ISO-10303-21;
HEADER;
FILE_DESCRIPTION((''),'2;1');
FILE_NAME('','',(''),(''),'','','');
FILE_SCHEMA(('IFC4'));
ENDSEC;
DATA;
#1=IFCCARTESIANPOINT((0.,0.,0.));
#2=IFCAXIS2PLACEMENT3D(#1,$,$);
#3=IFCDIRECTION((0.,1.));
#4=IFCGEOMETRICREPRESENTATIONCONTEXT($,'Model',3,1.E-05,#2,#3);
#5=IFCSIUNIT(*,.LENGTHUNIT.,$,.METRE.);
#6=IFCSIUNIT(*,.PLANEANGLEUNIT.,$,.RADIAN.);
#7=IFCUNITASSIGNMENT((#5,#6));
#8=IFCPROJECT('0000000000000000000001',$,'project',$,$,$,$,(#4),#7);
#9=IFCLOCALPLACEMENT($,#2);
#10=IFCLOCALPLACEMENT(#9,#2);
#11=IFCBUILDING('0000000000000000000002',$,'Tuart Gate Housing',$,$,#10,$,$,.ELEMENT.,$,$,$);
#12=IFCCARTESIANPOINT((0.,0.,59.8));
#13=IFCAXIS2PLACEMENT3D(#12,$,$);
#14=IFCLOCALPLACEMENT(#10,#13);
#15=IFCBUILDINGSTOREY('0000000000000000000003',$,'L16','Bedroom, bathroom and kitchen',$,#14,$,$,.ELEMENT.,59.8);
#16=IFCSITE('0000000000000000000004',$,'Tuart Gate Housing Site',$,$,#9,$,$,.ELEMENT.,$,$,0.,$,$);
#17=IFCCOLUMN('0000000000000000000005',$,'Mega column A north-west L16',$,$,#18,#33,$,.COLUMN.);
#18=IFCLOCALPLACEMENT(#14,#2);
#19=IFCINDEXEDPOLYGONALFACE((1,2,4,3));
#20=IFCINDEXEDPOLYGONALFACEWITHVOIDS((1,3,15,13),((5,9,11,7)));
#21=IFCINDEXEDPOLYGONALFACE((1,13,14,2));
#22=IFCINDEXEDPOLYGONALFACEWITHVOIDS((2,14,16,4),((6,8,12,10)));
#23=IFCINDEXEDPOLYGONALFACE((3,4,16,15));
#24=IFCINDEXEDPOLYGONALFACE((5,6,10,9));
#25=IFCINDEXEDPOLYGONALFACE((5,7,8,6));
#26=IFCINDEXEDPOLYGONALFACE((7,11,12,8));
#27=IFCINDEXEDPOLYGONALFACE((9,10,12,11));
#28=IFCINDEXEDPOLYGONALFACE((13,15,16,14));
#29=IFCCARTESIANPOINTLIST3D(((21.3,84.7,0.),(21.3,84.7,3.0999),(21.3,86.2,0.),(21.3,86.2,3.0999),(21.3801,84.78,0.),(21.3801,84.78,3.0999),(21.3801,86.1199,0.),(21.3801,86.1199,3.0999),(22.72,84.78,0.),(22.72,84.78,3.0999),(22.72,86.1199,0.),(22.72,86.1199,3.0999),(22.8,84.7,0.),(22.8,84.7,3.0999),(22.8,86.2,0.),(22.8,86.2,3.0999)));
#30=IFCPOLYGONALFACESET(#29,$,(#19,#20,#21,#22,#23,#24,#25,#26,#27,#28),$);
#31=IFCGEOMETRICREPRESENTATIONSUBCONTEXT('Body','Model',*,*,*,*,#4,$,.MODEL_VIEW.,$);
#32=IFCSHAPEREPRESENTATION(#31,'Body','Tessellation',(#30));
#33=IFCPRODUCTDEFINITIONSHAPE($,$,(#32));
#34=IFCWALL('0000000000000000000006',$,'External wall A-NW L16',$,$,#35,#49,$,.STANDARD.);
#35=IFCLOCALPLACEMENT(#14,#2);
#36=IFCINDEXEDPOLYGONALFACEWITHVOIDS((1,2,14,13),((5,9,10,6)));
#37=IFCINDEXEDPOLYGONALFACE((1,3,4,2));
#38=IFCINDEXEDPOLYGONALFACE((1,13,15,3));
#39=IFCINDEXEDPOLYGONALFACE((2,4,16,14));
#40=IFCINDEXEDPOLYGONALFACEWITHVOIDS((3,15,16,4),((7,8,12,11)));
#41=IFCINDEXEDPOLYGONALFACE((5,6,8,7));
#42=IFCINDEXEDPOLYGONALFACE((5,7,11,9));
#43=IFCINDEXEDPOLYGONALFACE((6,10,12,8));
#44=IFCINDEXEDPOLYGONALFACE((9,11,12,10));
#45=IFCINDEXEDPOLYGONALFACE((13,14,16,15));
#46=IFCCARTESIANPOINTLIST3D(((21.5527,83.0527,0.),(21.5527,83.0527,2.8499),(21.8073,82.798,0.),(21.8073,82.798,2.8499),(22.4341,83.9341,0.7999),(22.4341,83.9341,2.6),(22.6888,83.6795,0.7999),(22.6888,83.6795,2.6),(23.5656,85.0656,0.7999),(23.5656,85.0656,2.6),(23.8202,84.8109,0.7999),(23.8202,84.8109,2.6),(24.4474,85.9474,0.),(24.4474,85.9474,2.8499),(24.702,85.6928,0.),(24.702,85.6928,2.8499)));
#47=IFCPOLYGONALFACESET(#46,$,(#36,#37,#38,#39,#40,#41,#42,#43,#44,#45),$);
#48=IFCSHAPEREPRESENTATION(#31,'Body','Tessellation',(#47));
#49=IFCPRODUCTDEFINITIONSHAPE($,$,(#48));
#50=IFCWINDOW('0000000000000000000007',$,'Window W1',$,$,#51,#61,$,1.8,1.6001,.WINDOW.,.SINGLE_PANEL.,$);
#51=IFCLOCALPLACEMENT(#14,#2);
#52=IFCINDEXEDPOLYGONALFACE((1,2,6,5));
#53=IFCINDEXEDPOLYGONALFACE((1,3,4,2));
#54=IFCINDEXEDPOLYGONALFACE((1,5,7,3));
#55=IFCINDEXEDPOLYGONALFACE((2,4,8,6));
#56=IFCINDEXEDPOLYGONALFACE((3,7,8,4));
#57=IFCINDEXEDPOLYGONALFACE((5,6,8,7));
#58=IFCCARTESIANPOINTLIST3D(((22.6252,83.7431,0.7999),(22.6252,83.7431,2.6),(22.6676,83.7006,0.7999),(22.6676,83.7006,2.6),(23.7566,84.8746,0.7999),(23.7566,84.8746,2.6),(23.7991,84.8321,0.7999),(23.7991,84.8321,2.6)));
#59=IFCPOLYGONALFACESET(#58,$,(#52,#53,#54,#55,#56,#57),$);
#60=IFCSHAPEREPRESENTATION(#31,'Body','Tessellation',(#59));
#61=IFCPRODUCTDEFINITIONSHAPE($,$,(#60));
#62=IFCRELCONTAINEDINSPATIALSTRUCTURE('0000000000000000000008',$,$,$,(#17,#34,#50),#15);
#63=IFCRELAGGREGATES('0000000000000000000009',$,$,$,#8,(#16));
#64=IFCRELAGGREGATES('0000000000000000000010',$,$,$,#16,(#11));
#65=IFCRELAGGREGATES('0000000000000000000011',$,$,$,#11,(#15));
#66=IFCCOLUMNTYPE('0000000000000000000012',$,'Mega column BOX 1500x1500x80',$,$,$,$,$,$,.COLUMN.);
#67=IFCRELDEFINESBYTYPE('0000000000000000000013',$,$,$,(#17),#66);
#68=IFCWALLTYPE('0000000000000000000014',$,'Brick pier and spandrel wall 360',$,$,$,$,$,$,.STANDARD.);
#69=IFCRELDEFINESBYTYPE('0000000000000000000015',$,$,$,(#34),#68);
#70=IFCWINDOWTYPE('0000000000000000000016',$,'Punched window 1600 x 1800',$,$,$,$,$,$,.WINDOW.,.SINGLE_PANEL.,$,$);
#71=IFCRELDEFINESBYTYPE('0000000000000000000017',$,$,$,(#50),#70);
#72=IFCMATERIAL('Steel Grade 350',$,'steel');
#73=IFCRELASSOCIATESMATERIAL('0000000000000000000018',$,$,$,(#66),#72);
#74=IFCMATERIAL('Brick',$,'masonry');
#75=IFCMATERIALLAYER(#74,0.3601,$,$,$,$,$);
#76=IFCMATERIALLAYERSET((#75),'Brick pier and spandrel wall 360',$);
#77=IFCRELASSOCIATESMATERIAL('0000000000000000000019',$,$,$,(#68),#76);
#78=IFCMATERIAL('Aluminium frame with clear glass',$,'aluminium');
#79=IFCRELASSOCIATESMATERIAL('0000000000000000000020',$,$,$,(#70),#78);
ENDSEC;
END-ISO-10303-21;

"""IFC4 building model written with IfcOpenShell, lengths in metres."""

from ifc_helpers import new_model, si_unit, direction, frame, frame_2d, origin, origin_2d, place, context, subcontext, project, spatial, rectangle, hollow_rectangle, extrude, material, layer, layer_set, material_profile, profile_set, type_object, element, fill, save


model = new_model("IFC4")

# Units and contexts
model_context = context("Model", 3, precision=1e-05, world=origin(), true_north=direction((0.0, 1.0)))
body_context = subcontext(model_context, "Body", "Model", "MODEL_VIEW")
ifc_project = project(units=[si_unit("LENGTHUNIT", "METRE"), si_unit("PLANEANGLEUNIT", "RADIAN")], contexts=[model_context])

# Site, building, storey
site_placement = place(None, origin())
site = spatial("IfcSite", under=ifc_project, at=site_placement, Name="Tuart Gate Housing Site", CompositionType="ELEMENT", RefElevation=0.0)
building_placement = place(site_placement, origin())
building = spatial("IfcBuilding", under=site, at=building_placement, Name="Tuart Gate Housing", CompositionType="ELEMENT")
storey_placement = place(building_placement, frame((0.0, 0.0, 59.8)))
storey = spatial("IfcBuildingStorey", under=building, at=storey_placement, Name="L16", Description="Bedroom, bathroom and kitchen", CompositionType="ELEMENT", Elevation=59.8)

# Column
ifc_material_1 = material(Name="Steel Grade 350", Category="steel")
ifc_material_profile = material_profile(ifc_material_1, hollow_rectangle(XDim=1.5, YDim=1.5, WallThickness=0.0801, at=origin_2d()), Name="BOX 1500x1500x80")
ifc_profile_set = profile_set([ifc_material_profile], Name="Steel Grade 350")
column_type = type_object("IfcColumnType", Name="Mega column BOX 1500x1500x80", PredefinedType="COLUMN", material=ifc_profile_set)
column_placement = place(storey_placement, frame((22.05, 85.45, 0.0), z_axis=(0.0, 0.0, 1.0), x_axis=(1.0, 0.0, 0.0)))
element("IfcColumn", 1, at=column_placement, inside=storey, type_object=column_type, Name="Mega column A north-west L16", PredefinedType="COLUMN", context=body_context, shape_type="SweptSolid", body=[
    extrude(hollow_rectangle(XDim=1.5, YDim=1.5, WallThickness=0.0801, at=origin_2d()), origin(), (0.0, 0.0, 1.0), 3.0999),
])

# Wall, opening, window
ifc_material_2 = material(Name="Brick", Category="masonry")
ifc_layer_1 = layer(ifc_material_2, 0.3601)
ifc_layer_set_1 = layer_set([ifc_layer_1], Name="Brick pier and spandrel wall 360")
wall_type_1 = type_object("IfcWallType", Name="Brick pier and spandrel wall 360", PredefinedType="STANDARD", material=ifc_layer_set_1)
wall_1_placement = place(storey_placement, frame((24.5747, 85.8201, 0.0), z_axis=(0.0, 0.0, 1.0), x_axis=(-0.707107, -0.707107, 0.0)))
wall_1 = element("IfcWall", 2, at=wall_1_placement, inside=storey, type_object=wall_type_1, Name="External wall A-NW L16", PredefinedType="STANDARD", context=body_context, shape_type="SweptSolid", body=[
    extrude(rectangle(XDim=4.0938, YDim=0.3601, at=frame_2d((2.0469, 0.0))), origin(), (0.0, 0.0, 1.0), 2.8499),
])
opening_1_placement = place(wall_1_placement, frame((1.2471, 0.0, 0.8)))
opening_1 = element("IfcOpeningElement", 3, at=opening_1_placement, cuts=wall_1, PredefinedType="OPENING", context=body_context, shape_type="SweptSolid", body=[
    extrude(rectangle(XDim=1.6001, YDim=1.8, at=frame_2d((0.8, 0.8999))), frame((0.0, 0.1899, 0.0), z_axis=(0.0, -1.0, 0.0), x_axis=(1.0, 0.0, 0.0)), (0.0, 0.0, 1.0), 0.3801),
])
ifc_material_3 = material(Name="Aluminium frame with clear glass", Category="aluminium")
window_type = type_object("IfcWindowType", Name="Punched window 1600 x 1800", PartitioningType="SINGLE_PANEL", PredefinedType="WINDOW", material=ifc_material_3)
window_1_placement = place(opening_1_placement, origin())
window_1 = element("IfcWindow", 4, at=window_1_placement, inside=storey, type_object=window_type, Name="Window W1", OverallHeight=1.8, OverallWidth=1.6001, PartitioningType="SINGLE_PANEL", PredefinedType="WINDOW", context=body_context, shape_type="SweptSolid", body=[
    extrude(rectangle(XDim=1.6001, YDim=1.8, at=frame_2d((0.8, 0.8999))), frame((0.0, 0.1501, 0.0), z_axis=(0.0, -1.0, 0.0), x_axis=(1.0, 0.0, 0.0)), (0.0, 0.0, 1.0), 0.0601),
])
fill(opening_1, window_1)

save(model, "model.ifc")
